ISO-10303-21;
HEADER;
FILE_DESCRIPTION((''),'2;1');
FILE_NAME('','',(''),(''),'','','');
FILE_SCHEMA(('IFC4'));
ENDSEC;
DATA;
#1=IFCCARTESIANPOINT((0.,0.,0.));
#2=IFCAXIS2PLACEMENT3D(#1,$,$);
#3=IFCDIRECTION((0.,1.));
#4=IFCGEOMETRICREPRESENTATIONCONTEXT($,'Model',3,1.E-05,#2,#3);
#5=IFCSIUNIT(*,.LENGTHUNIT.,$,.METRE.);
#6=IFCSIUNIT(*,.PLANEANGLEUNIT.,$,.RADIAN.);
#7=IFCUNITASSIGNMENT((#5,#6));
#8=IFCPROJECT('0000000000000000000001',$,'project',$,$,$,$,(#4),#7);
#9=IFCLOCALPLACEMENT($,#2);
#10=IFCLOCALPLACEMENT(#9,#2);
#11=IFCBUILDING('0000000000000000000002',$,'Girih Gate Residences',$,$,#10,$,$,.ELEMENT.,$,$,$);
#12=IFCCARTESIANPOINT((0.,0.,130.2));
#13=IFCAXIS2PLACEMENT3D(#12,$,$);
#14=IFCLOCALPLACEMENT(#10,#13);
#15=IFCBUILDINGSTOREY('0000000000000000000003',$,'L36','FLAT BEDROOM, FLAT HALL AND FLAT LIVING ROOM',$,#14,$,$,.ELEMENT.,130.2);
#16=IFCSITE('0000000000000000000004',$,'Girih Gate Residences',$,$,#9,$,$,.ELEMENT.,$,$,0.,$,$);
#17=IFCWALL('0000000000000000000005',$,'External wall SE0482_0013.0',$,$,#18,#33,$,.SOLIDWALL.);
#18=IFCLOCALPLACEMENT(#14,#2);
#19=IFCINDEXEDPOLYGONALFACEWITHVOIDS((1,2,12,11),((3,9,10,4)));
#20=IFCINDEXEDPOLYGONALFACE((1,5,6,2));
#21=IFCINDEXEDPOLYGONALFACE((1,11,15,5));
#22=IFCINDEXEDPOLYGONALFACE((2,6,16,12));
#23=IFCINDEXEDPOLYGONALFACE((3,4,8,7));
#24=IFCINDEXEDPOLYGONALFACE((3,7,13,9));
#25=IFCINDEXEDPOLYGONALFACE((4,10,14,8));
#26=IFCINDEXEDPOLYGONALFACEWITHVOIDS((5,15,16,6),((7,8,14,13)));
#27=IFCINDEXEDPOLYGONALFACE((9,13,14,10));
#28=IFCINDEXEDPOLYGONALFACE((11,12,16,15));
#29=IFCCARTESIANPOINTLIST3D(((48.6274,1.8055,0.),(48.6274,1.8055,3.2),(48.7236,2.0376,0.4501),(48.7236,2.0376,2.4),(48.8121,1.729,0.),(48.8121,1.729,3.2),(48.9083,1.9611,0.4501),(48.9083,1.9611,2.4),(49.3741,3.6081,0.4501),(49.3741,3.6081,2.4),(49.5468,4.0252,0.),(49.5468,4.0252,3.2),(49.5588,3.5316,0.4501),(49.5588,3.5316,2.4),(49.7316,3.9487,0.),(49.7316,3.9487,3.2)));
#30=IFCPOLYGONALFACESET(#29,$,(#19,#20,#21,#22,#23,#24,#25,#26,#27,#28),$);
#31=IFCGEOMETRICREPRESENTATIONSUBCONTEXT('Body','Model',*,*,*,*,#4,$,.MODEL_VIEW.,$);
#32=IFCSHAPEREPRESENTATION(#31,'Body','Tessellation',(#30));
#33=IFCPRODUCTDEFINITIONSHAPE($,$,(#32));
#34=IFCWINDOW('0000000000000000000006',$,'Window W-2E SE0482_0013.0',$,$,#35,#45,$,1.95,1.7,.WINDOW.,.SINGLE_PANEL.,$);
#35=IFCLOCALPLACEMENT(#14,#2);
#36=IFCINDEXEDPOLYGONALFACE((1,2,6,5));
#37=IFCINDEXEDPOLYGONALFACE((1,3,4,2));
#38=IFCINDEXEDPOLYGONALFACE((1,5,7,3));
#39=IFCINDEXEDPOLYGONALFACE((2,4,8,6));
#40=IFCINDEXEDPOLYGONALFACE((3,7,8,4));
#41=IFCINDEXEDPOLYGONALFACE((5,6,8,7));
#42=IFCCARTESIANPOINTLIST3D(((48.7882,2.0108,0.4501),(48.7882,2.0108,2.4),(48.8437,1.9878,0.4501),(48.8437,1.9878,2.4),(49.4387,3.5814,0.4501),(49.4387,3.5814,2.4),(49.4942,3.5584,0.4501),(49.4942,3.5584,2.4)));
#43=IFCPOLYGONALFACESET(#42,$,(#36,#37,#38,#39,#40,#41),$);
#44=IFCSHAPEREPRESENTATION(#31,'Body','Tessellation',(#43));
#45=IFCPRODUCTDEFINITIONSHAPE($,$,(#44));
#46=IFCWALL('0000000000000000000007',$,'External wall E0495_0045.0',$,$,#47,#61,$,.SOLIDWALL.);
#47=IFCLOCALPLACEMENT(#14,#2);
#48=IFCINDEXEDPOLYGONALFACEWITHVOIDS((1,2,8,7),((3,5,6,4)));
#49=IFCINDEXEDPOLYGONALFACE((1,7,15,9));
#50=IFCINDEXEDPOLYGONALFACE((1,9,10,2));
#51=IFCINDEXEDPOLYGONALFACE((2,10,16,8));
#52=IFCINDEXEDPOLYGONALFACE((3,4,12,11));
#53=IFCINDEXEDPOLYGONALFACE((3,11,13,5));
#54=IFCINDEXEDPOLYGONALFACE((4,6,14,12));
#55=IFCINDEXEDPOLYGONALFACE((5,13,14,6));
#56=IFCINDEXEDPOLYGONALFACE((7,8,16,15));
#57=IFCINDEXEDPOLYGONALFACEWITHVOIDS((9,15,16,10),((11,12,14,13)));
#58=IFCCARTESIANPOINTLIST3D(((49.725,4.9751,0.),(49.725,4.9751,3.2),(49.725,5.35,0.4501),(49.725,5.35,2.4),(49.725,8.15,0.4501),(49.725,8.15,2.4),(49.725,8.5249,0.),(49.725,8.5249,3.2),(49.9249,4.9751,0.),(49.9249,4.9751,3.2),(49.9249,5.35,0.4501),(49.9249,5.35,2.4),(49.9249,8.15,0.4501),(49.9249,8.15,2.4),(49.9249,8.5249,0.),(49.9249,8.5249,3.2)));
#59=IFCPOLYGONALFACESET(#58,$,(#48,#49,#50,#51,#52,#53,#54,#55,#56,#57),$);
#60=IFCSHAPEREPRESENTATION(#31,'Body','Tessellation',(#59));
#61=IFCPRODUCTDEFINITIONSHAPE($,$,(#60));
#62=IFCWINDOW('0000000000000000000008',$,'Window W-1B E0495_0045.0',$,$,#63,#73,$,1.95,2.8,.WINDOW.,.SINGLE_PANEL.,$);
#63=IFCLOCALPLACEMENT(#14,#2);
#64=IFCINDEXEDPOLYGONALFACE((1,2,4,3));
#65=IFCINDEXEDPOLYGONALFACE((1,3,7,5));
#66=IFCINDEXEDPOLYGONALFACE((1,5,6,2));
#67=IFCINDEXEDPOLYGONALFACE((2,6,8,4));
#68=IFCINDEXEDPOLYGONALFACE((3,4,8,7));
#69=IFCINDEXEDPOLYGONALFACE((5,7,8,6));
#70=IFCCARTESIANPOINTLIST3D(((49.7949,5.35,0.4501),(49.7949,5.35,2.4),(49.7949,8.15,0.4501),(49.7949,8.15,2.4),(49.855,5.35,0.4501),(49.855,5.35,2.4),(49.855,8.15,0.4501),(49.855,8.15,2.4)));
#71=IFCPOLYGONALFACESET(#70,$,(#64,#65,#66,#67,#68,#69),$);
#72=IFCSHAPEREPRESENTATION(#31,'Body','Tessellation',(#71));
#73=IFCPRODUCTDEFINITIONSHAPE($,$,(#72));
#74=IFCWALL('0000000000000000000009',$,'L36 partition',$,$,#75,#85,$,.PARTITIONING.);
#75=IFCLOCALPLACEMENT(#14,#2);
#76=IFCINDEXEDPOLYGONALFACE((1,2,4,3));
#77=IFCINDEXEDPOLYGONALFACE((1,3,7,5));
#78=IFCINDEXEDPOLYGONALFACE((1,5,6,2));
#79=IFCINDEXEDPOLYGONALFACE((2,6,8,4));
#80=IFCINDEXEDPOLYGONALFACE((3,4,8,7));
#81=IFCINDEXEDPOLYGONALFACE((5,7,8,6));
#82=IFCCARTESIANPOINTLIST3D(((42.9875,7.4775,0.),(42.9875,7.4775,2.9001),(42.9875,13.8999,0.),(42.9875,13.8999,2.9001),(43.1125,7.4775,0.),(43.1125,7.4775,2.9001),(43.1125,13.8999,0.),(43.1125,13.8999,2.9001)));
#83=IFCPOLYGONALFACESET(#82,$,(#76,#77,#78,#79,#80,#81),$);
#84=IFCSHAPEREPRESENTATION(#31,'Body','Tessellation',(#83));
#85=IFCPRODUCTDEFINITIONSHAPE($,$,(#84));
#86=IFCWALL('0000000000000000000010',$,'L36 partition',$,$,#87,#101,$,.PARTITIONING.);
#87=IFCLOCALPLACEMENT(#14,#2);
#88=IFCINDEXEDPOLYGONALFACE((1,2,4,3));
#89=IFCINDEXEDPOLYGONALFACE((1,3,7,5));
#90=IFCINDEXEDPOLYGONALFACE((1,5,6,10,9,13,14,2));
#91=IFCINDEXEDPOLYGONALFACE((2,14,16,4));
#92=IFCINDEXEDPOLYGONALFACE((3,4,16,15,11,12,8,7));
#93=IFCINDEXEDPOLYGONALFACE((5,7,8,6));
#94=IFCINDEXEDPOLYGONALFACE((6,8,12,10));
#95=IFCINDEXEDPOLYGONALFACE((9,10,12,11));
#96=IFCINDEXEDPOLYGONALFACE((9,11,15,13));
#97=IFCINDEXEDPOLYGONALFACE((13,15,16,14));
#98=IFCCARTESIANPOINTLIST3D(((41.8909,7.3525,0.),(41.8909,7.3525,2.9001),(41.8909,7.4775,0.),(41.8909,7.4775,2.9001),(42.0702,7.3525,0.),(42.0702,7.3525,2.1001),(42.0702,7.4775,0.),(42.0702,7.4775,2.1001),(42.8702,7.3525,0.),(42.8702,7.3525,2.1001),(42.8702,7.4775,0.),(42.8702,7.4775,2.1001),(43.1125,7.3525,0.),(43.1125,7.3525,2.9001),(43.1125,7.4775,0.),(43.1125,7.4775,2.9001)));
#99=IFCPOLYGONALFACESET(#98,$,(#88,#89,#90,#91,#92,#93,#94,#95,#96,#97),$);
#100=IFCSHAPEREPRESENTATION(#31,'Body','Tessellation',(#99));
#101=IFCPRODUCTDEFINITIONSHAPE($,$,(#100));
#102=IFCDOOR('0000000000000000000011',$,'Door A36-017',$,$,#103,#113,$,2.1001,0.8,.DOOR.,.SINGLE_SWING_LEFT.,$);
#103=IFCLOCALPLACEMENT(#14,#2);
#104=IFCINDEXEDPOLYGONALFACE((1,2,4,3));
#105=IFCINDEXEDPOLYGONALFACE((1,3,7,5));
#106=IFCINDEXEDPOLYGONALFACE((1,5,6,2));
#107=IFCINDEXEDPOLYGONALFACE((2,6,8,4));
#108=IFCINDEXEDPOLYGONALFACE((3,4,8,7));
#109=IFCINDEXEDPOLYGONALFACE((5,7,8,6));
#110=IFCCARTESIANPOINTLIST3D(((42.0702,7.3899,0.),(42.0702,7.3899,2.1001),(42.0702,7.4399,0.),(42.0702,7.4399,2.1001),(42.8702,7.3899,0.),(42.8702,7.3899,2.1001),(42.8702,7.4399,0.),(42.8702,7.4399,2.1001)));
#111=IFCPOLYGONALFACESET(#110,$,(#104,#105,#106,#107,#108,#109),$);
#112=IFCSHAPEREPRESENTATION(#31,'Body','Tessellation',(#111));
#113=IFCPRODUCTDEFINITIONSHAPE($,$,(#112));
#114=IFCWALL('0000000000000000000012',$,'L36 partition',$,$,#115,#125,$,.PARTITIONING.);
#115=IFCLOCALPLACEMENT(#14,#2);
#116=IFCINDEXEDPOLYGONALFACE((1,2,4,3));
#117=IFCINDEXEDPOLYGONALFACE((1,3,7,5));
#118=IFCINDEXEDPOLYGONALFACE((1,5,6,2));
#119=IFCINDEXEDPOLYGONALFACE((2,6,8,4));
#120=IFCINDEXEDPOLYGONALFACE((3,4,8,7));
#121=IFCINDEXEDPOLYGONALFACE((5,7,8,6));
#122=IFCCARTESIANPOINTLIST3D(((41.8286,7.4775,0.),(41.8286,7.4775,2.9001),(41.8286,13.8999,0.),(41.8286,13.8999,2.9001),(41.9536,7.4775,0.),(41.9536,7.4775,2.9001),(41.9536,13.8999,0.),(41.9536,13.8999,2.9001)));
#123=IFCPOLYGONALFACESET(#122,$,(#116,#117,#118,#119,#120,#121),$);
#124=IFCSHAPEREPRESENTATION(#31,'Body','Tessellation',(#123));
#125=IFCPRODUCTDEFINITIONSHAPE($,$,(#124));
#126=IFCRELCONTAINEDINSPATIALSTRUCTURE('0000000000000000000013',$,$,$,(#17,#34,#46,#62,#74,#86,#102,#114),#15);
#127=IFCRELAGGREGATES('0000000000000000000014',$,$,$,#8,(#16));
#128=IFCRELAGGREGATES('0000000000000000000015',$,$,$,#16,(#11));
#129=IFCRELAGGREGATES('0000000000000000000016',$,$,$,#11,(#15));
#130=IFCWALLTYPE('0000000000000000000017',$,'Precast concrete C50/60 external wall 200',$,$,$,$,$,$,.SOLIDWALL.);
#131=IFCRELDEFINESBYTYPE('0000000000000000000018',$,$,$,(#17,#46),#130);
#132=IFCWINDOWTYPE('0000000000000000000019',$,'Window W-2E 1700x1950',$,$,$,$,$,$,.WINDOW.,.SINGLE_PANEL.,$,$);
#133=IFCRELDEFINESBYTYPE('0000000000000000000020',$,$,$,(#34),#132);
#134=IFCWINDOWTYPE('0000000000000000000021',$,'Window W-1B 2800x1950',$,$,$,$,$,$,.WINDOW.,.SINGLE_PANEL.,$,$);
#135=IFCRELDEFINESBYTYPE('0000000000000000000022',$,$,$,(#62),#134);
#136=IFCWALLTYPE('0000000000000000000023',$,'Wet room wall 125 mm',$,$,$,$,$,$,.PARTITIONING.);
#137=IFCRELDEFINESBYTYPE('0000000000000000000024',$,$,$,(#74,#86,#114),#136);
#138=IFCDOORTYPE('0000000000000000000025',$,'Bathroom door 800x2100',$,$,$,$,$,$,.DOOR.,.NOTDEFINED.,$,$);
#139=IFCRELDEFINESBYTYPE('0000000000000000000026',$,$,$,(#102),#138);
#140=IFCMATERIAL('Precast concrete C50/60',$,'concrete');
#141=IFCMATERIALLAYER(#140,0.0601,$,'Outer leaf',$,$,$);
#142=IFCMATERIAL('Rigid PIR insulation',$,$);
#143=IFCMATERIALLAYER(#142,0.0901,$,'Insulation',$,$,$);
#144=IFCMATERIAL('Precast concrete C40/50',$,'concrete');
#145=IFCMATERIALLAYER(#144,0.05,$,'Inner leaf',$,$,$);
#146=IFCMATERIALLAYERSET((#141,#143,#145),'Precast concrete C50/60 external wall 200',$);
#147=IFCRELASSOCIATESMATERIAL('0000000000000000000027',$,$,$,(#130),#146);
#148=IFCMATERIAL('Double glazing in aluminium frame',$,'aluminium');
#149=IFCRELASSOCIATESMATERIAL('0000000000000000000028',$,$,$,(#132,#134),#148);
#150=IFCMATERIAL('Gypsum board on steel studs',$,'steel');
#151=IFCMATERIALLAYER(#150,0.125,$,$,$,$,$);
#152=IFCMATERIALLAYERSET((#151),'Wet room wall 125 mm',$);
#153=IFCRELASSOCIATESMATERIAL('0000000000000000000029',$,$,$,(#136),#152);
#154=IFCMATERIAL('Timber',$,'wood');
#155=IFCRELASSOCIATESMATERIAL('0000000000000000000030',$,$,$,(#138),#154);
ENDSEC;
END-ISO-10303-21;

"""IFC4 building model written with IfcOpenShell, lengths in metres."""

from ifc_helpers import new_model, si_unit, direction, frame, frame_2d, origin, place, context, subcontext, project, spatial, rectangle, extrude, material, layer, layer_set, type_object, element, fill, save


model = new_model("IFC4")

# Units and contexts
model_context = context("Model", 3, precision=1e-05, world=origin(), true_north=direction((0.0, 1.0)))
body_context = subcontext(model_context, "Body", "Model", "MODEL_VIEW")
ifc_project = project(units=[si_unit("LENGTHUNIT", "METRE"), si_unit("PLANEANGLEUNIT", "RADIAN")], contexts=[model_context])

# Site, building, storey
site_placement = place(None, origin())
site = spatial("IfcSite", under=ifc_project, at=site_placement, Name="Girih Gate Residences", CompositionType="ELEMENT", RefElevation=0.0)
building_placement = place(site_placement, origin())
building = spatial("IfcBuilding", under=site, at=building_placement, Name="Girih Gate Residences", CompositionType="ELEMENT")
storey_placement = place(building_placement, frame((0.0, 0.0, 130.2)))
storey = spatial("IfcBuildingStorey", under=building, at=storey_placement, Name="L36", Description="FLAT BEDROOM, FLAT HALL AND FLAT LIVING ROOM", CompositionType="ELEMENT", Elevation=130.2)

# Shared definitions
ifc_material_1 = material(Name="Gypsum board on steel studs", Category="steel")
ifc_material_2 = material(Name="Timber", Category="wood")

# Walls, openings, windows
ifc_material_3 = material(Name="Precast concrete C50/60", Category="concrete")
ifc_layer_1 = layer(ifc_material_3, 0.0601, Name="Outer leaf")
ifc_material_4 = material(Name="Rigid PIR insulation")
ifc_layer_2 = layer(ifc_material_4, 0.0901, Name="Insulation")
ifc_material_5 = material(Name="Precast concrete C40/50", Category="concrete")
ifc_layer_3 = layer(ifc_material_5, 0.05, Name="Inner leaf")
ifc_layer_set_1 = layer_set([ifc_layer_1, ifc_layer_2, ifc_layer_3], Name="Precast concrete C50/60 external wall 200")
wall_type_1 = type_object("IfcWallType", Name="Precast concrete C50/60 external wall 200", PredefinedType="SOLIDWALL", material=ifc_layer_set_1)
wall_1_placement = place(storey_placement, frame((49.6392, 3.9868, 0.0), z_axis=(0.0, 0.0, 1.0), x_axis=(-0.382681, -0.923881, 0.0)))
wall_1 = element("IfcWall", 1, at=wall_1_placement, inside=storey, type_object=wall_type_1, Name="External wall SE0482_0013.0", PredefinedType="SOLIDWALL", context=body_context, shape_type="SweptSolid", body=[
    extrude(rectangle(XDim=2.4026, YDim=0.2, at=frame_2d((1.2012, 0.0))), origin(), (0.0, 0.0, 1.0), 3.2),
])
opening_1_placement = place(wall_1_placement, frame((0.4512, 0.0, 0.45)))
opening_1 = element("IfcOpeningElement", 2, at=opening_1_placement, cuts=wall_1, PredefinedType="OPENING", context=body_context, shape_type="SweptSolid", body=[
    extrude(rectangle(XDim=1.7, YDim=1.95, at=frame_2d((0.8501, 0.9751))), frame((0.0, 0.1099, 0.0), z_axis=(0.0, -1.0, 0.0), x_axis=(1.0, 0.0, 0.0)), (0.0, 0.0, 1.0), 0.22),
])
ifc_material_6 = material(Name="Double glazing in aluminium frame", Category="aluminium")
window_type_1 = type_object("IfcWindowType", Name="Window W-2E 1700x1950", PartitioningType="SINGLE_PANEL", PredefinedType="WINDOW", material=ifc_material_6)
window_1_placement = place(opening_1_placement, origin())
window_1 = element("IfcWindow", 3, at=window_1_placement, inside=storey, type_object=window_type_1, Name="Window W-2E SE0482_0013.0", OverallHeight=1.95, OverallWidth=1.7, PartitioningType="SINGLE_PANEL", PredefinedType="WINDOW", context=body_context, shape_type="SweptSolid", body=[
    extrude(rectangle(XDim=1.7, YDim=1.95, at=frame_2d((0.8501, 0.9751))), frame((0.0, 0.03, 0.0), z_axis=(0.0, -1.0, 0.0), x_axis=(1.0, 0.0, 0.0)), (0.0, 0.0, 1.0), 0.0601),
])
fill(opening_1, window_1)
wall_2_placement = place(storey_placement, frame((49.825, 8.5249, 0.0), z_axis=(0.0, 0.0, 1.0), x_axis=(0.0, -1.0, 0.0)))
wall_2 = element("IfcWall", 4, at=wall_2_placement, inside=storey, type_object=wall_type_1, Name="External wall E0495_0045.0", PredefinedType="SOLIDWALL", context=body_context, shape_type="SweptSolid", body=[
    extrude(rectangle(XDim=3.5498, YDim=0.2, at=frame_2d((1.7749, 0.0))), origin(), (0.0, 0.0, 1.0), 3.2),
])
opening_2_placement = place(wall_2_placement, frame((0.375, 0.0, 0.45)))
opening_2 = element("IfcOpeningElement", 5, at=opening_2_placement, cuts=wall_2, PredefinedType="OPENING", context=body_context, shape_type="SweptSolid", body=[
    extrude(rectangle(XDim=2.8, YDim=1.95, at=frame_2d((1.3999, 0.9751))), frame((0.0, 0.1099, 0.0), z_axis=(0.0, -1.0, 0.0), x_axis=(1.0, 0.0, 0.0)), (0.0, 0.0, 1.0), 0.22),
])
window_type_2 = type_object("IfcWindowType", Name="Window W-1B 2800x1950", PartitioningType="SINGLE_PANEL", PredefinedType="WINDOW", material=ifc_material_6)
window_2_placement = place(opening_2_placement, origin())
window_2 = element("IfcWindow", 6, at=window_2_placement, inside=storey, type_object=window_type_2, Name="Window W-1B E0495_0045.0", OverallHeight=1.95, OverallWidth=2.8, PartitioningType="SINGLE_PANEL", PredefinedType="WINDOW", context=body_context, shape_type="SweptSolid", body=[
    extrude(rectangle(XDim=2.8, YDim=1.95, at=frame_2d((1.3999, 0.9751))), frame((0.0, 0.03, 0.0), z_axis=(0.0, -1.0, 0.0), x_axis=(1.0, 0.0, 0.0)), (0.0, 0.0, 1.0), 0.0601),
])
fill(opening_2, window_2)

# Wall
ifc_layer_4 = layer(ifc_material_1, 0.125)
ifc_layer_set_2 = layer_set([ifc_layer_4], Name="Wet room wall 125 mm")
wall_type_2 = type_object("IfcWallType", Name="Wet room wall 125 mm", PredefinedType="PARTITIONING", material=ifc_layer_set_2)
wall_3_placement = place(storey_placement, frame((43.05, 7.4775, 0.0), z_axis=(0.0, 0.0, 1.0), x_axis=(0.0, 1.0, 0.0)))
element("IfcWall", 7, at=wall_3_placement, inside=storey, type_object=wall_type_2, Name="L36 partition", PredefinedType="PARTITIONING", context=body_context, shape_type="SweptSolid", body=[
    extrude(rectangle(XDim=6.4224, YDim=0.125, at=frame_2d((3.2112, 0.0))), origin(), (0.0, 0.0, 1.0), 2.9001),
])

# Wall, opening, door
wall_4_placement = place(storey_placement, frame((41.8909, 7.415, 0.0), z_axis=(0.0, 0.0, 1.0), x_axis=(1.0, 0.0, 0.0)))
wall_4 = element("IfcWall", 8, at=wall_4_placement, inside=storey, type_object=wall_type_2, Name="L36 partition", PredefinedType="PARTITIONING", context=body_context, shape_type="SweptSolid", body=[
    extrude(rectangle(XDim=1.2217, YDim=0.125, at=frame_2d((0.6108, 0.0))), origin(), (0.0, 0.0, 1.0), 2.9001),
])
opening_3_placement = place(wall_4_placement, frame((0.1794, 0.0, 0.0)))
opening_3 = element("IfcOpeningElement", 9, at=opening_3_placement, cuts=wall_4, PredefinedType="OPENING", context=body_context, shape_type="SweptSolid", body=[
    extrude(rectangle(XDim=0.8, YDim=2.1001, at=frame_2d((0.3999, 1.05))), frame((0.0, 0.0725, 0.0), z_axis=(0.0, -1.0, 0.0), x_axis=(1.0, 0.0, 0.0)), (0.0, 0.0, 1.0), 0.145),
])
door_type_1 = type_object("IfcDoorType", Name="Bathroom door 800x2100", OperationType="NOTDEFINED", PredefinedType="DOOR", material=ifc_material_2)
door_1_placement = place(opening_3_placement, origin())
door_1 = element("IfcDoor", 10, at=door_1_placement, inside=storey, type_object=door_type_1, Name="Door A36-017", OperationType="SINGLE_SWING_LEFT", OverallHeight=2.1001, OverallWidth=0.8, PredefinedType="DOOR", context=body_context, shape_type="SweptSolid", body=[
    extrude(rectangle(XDim=0.8, YDim=2.1001, at=frame_2d((0.3999, 1.05))), frame((0.0, 0.0249, 0.0), z_axis=(0.0, -1.0, 0.0), x_axis=(1.0, 0.0, 0.0)), (0.0, 0.0, 1.0), 0.05),
])
fill(opening_3, door_1)

# Wall
wall_5_placement = place(storey_placement, frame((41.8911, 7.4775, 0.0), z_axis=(0.0, 0.0, 1.0), x_axis=(0.0, 1.0, 0.0)))
element("IfcWall", 11, at=wall_5_placement, inside=storey, type_object=wall_type_2, Name="L36 partition", PredefinedType="PARTITIONING", context=body_context, shape_type="SweptSolid", body=[
    extrude(rectangle(XDim=6.4224, YDim=0.125, at=frame_2d((3.2112, 0.0))), origin(), (0.0, 0.0, 1.0), 2.9001),
])

save(model, "model.ifc")
